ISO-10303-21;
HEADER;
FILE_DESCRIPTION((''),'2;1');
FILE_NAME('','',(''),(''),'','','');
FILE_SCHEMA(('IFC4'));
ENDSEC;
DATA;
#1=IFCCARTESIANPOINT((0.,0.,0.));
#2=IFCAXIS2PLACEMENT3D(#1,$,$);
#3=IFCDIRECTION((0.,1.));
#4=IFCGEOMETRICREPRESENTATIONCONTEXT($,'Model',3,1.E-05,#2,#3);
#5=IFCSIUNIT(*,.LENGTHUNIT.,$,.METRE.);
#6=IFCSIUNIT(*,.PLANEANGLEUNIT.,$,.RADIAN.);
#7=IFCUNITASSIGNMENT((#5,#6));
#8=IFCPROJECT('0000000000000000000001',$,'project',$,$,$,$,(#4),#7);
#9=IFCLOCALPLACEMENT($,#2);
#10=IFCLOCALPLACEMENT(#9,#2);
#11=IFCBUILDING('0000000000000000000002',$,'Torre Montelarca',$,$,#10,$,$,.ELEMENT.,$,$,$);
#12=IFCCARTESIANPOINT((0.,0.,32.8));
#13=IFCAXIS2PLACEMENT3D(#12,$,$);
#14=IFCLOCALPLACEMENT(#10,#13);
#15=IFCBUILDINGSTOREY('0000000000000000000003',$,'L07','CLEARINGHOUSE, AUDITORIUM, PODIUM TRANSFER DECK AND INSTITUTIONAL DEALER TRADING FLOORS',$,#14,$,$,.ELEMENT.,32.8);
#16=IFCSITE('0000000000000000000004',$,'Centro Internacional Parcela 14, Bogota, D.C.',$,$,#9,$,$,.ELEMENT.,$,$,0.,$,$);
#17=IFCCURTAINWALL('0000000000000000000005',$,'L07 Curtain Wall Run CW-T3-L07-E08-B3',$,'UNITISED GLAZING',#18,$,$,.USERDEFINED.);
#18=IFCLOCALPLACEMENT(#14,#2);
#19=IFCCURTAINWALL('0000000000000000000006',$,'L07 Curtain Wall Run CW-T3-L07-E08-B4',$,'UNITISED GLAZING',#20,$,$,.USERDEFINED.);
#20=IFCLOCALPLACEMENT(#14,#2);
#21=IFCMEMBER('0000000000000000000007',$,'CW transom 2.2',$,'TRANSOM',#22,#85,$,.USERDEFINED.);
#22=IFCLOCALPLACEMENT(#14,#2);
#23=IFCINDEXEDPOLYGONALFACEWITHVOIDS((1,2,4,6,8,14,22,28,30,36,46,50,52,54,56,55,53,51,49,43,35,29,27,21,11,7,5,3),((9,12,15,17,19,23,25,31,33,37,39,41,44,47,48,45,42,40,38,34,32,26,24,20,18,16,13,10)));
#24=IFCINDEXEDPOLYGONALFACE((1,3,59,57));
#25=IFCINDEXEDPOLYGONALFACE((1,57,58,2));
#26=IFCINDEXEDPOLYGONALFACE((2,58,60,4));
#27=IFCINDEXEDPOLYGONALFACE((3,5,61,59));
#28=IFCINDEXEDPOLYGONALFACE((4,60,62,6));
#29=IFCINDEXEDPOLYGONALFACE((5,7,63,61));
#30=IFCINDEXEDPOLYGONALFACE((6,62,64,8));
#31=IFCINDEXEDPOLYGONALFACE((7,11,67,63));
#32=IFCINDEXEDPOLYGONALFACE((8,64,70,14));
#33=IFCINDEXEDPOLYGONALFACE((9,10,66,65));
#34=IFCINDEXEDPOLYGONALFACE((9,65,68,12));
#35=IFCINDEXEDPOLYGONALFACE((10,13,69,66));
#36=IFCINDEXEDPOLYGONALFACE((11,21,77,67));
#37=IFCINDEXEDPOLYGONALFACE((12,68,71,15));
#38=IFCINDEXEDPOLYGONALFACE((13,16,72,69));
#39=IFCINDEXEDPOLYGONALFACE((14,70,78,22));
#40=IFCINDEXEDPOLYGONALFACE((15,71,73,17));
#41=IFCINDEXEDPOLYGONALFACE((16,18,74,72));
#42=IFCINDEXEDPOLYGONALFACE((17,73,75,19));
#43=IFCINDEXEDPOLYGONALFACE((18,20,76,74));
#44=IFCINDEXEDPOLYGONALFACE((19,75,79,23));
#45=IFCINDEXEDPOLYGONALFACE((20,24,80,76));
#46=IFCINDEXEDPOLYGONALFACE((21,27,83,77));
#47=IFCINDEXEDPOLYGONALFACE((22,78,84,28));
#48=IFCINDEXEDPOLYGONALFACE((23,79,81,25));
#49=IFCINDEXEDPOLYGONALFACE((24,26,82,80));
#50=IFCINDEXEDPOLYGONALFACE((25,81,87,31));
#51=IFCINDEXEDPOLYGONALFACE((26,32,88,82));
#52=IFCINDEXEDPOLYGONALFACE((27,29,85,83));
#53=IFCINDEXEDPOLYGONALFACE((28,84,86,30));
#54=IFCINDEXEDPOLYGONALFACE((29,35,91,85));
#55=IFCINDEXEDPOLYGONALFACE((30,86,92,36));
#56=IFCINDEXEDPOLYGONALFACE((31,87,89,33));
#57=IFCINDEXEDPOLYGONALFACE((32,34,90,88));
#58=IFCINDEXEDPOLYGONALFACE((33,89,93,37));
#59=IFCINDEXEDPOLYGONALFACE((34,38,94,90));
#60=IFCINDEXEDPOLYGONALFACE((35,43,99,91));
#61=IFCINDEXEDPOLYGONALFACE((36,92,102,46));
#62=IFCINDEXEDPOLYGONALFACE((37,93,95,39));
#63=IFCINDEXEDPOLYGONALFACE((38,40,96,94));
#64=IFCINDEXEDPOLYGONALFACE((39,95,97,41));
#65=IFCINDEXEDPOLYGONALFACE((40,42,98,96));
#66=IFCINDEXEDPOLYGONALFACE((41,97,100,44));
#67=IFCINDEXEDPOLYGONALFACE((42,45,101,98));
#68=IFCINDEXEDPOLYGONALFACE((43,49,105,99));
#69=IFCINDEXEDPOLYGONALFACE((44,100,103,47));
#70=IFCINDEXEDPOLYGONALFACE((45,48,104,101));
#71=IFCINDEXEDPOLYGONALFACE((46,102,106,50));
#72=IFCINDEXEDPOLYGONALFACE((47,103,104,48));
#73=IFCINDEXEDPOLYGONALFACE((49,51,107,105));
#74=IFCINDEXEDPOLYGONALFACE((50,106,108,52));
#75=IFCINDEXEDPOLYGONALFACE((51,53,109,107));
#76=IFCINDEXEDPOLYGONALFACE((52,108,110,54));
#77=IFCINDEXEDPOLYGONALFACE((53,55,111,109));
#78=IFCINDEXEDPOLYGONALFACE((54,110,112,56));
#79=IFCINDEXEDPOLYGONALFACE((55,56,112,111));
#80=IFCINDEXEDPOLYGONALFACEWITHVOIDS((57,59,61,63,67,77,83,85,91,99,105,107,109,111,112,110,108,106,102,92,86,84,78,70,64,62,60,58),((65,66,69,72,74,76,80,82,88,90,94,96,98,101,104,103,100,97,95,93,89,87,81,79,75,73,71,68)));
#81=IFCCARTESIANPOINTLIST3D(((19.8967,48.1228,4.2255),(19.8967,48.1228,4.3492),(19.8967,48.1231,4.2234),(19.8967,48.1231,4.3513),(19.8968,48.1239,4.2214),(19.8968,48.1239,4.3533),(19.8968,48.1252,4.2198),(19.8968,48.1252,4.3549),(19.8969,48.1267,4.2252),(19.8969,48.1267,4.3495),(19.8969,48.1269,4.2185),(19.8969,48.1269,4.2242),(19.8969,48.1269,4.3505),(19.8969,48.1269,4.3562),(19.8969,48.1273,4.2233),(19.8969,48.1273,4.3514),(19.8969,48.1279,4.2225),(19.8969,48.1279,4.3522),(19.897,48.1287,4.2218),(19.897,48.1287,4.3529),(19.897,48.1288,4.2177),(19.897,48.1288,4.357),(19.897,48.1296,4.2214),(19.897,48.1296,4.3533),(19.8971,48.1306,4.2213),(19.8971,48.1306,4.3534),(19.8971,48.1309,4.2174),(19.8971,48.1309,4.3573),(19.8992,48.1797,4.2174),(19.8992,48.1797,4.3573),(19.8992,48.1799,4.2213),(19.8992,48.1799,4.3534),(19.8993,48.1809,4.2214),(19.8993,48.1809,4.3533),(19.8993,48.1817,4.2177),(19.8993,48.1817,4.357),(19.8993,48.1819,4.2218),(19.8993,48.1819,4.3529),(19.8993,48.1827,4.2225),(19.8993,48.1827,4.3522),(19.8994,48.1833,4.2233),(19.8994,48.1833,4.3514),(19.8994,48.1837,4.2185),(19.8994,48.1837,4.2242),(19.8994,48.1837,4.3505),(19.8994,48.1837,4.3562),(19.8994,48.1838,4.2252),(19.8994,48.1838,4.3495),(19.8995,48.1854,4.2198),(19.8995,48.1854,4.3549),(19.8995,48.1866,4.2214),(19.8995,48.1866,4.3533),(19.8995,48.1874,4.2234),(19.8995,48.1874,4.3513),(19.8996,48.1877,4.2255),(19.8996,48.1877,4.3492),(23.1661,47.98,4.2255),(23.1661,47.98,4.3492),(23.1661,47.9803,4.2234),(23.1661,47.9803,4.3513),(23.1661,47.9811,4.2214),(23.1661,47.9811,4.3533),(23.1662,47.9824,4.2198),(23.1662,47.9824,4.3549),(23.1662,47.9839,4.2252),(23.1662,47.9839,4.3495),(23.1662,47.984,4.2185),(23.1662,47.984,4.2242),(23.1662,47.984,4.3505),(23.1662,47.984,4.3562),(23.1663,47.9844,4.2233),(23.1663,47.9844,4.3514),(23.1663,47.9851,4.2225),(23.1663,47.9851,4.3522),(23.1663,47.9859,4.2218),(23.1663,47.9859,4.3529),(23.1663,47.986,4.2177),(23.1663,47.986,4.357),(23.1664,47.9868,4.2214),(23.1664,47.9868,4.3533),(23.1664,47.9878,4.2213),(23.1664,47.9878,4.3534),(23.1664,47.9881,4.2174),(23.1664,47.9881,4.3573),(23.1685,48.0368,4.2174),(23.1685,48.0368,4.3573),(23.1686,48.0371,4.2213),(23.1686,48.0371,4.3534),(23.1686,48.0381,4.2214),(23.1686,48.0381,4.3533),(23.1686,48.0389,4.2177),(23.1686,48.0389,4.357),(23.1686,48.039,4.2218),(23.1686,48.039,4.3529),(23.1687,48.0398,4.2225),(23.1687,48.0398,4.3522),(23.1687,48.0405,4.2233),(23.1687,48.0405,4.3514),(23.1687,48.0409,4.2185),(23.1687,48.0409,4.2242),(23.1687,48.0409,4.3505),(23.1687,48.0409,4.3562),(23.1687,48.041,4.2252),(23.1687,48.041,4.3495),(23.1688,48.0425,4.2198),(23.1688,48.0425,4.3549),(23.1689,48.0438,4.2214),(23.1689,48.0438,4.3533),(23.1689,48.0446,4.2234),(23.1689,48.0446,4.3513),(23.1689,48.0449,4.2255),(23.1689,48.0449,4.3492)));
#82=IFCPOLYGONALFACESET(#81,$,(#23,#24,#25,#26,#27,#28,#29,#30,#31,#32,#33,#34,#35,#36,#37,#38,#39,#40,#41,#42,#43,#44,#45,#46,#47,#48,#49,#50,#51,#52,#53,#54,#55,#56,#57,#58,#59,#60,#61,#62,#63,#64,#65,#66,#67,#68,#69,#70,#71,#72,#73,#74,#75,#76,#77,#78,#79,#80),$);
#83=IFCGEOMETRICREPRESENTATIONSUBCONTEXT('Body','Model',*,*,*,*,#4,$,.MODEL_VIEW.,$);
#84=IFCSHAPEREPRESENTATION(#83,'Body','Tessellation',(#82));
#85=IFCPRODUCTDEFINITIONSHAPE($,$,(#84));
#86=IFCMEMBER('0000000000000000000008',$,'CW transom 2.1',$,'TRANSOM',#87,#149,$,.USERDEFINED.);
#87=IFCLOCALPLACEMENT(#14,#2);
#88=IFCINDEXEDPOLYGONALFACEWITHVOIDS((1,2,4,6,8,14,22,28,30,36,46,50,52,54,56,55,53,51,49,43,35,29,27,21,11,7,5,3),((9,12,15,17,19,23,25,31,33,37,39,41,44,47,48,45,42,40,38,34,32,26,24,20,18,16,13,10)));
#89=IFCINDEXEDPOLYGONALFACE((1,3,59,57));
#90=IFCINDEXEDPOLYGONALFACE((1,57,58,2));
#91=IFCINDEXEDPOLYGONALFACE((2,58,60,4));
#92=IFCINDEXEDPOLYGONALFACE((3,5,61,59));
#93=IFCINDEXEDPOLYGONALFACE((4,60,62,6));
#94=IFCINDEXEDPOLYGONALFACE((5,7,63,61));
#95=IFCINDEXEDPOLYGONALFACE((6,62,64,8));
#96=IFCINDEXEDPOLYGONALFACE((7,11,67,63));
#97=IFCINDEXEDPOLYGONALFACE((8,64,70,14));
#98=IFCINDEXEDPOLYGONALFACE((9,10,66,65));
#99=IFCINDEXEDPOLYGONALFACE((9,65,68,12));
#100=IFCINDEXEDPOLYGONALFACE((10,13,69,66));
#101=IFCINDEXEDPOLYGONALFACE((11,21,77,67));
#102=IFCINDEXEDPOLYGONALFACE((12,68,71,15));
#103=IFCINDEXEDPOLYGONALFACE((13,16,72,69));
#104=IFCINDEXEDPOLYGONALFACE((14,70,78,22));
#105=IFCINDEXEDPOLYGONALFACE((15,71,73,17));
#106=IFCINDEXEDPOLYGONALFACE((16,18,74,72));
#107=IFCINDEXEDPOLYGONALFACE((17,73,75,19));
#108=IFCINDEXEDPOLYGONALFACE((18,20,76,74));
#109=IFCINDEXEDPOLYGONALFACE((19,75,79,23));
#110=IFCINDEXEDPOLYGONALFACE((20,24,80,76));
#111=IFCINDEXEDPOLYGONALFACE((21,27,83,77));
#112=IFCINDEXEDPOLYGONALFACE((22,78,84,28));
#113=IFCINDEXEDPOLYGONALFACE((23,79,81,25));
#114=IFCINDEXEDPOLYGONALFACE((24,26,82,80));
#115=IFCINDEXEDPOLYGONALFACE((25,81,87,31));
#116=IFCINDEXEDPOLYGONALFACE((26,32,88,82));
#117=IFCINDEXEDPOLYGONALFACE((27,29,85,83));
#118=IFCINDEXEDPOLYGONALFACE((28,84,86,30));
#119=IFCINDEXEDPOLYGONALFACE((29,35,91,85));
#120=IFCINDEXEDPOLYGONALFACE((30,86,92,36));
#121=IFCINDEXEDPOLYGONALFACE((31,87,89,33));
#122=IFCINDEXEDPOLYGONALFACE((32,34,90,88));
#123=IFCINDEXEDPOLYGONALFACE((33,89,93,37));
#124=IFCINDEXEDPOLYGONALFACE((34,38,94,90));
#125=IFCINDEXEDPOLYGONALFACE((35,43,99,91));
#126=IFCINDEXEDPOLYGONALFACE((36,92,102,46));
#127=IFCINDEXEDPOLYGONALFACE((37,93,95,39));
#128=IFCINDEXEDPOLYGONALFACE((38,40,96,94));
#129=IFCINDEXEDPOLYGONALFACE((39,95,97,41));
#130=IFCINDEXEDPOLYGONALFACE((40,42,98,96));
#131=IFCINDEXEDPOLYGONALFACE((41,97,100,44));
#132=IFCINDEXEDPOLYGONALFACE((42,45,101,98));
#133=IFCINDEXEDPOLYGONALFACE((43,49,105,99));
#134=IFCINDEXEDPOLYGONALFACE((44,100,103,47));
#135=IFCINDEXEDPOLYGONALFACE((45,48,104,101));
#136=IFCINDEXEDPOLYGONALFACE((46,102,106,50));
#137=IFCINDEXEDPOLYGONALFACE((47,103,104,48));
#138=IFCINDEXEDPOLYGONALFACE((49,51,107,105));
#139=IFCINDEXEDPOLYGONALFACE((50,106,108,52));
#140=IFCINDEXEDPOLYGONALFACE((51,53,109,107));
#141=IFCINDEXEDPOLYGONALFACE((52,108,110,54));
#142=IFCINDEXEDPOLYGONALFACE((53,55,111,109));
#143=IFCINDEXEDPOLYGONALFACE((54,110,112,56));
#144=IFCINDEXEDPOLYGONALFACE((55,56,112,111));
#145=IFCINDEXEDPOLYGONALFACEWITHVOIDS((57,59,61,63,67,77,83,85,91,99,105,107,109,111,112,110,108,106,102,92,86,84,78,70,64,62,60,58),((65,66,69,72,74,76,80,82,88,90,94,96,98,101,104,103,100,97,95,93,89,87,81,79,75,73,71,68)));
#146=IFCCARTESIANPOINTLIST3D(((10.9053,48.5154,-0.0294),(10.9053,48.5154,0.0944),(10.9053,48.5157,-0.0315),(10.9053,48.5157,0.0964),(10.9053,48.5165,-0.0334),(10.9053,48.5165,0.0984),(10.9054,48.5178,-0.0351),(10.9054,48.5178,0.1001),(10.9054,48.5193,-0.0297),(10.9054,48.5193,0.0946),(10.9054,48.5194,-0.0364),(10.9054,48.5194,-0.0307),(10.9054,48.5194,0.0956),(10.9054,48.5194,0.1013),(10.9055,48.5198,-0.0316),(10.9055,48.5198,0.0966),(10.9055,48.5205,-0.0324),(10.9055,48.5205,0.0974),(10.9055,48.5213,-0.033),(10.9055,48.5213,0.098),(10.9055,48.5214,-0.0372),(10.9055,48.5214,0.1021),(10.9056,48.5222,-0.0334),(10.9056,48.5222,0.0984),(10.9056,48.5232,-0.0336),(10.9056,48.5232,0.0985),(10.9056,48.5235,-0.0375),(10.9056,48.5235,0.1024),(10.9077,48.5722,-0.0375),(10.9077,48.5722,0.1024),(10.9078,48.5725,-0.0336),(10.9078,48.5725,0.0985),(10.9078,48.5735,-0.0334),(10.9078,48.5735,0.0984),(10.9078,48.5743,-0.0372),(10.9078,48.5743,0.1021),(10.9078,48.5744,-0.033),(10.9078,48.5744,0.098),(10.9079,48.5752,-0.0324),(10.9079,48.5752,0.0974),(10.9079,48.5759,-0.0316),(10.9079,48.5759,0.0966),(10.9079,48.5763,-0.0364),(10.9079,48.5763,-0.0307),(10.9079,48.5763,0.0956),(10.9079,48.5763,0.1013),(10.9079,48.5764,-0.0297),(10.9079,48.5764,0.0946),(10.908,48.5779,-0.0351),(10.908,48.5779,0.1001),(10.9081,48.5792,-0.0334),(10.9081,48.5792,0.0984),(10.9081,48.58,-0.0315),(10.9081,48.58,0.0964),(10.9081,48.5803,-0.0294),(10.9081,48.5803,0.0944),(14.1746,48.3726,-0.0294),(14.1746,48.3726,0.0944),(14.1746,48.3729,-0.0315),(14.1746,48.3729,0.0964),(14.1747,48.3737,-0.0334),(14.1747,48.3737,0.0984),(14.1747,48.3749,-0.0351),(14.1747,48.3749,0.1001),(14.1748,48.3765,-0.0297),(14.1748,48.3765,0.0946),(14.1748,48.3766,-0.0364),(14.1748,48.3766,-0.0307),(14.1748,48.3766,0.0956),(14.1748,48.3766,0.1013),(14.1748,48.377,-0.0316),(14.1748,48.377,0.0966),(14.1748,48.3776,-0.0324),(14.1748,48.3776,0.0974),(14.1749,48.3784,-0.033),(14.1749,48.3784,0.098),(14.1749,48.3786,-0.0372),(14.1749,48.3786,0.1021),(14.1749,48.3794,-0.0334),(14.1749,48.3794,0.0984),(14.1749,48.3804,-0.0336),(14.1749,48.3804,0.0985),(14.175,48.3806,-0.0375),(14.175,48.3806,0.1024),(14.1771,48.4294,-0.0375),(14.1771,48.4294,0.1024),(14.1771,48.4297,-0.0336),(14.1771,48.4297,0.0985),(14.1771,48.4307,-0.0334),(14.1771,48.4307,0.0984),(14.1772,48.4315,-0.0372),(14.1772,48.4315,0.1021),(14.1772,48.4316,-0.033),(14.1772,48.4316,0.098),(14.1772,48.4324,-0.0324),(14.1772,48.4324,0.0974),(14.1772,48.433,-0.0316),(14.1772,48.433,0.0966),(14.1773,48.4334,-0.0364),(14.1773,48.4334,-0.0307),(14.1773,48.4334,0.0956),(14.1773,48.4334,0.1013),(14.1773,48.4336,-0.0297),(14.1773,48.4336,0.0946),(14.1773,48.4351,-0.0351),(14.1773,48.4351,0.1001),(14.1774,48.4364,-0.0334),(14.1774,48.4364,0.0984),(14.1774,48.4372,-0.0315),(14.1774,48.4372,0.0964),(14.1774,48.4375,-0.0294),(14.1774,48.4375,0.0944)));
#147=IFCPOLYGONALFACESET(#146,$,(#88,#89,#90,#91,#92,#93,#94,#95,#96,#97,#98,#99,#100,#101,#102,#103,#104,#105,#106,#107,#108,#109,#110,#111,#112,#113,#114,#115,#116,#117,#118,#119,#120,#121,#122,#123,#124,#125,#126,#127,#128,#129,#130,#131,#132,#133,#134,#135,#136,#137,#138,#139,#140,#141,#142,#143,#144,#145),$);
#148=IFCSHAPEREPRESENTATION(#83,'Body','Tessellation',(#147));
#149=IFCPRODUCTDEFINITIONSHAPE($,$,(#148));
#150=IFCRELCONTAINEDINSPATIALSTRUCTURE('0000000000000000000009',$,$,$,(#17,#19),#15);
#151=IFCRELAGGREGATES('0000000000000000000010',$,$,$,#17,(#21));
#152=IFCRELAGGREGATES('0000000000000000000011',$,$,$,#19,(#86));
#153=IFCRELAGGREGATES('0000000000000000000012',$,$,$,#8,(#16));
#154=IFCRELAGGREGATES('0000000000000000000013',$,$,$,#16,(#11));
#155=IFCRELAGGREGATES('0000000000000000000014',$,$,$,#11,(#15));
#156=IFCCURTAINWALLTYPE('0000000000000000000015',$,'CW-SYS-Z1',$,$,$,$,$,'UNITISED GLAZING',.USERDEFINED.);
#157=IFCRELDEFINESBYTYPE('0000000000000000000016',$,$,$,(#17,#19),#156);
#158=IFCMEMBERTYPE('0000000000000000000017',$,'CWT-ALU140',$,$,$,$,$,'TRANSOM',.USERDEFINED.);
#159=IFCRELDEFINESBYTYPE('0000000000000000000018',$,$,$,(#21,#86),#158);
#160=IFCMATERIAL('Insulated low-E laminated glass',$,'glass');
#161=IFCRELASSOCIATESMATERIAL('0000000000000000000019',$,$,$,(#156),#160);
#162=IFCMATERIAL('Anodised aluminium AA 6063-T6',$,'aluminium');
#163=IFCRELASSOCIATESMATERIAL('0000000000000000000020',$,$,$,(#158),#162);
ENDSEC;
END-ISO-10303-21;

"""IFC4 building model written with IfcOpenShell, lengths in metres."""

from ifc_helpers import new_model, si_unit, direction, frame, origin, origin_2d, place, context, subcontext, project, spatial, hollow_rectangle, extrude, source, transform, mapped, material, material_profile, profile_set, type_object, element, aggregate, save


model = new_model("IFC4")

# Units and contexts
model_context = context("Model", 3, precision=1e-05, world=origin(), true_north=direction((0.0, 1.0)))
body_context = subcontext(model_context, "Body", "Model", "MODEL_VIEW")
ifc_project = project(units=[si_unit("LENGTHUNIT", "METRE"), si_unit("PLANEANGLEUNIT", "RADIAN")], contexts=[model_context])

# Site, building, storey
site_placement = place(None, origin())
site = spatial("IfcSite", under=ifc_project, at=site_placement, Name="Centro Internacional Parcela 14, Bogota, D.C.", CompositionType="ELEMENT", RefElevation=0.0)
building_placement = place(site_placement, origin())
building = spatial("IfcBuilding", under=site, at=building_placement, Name="Torre Montelarca", CompositionType="ELEMENT")
storey_placement = place(building_placement, frame((0.0, 0.0, 32.8)))
storey = spatial("IfcBuildingStorey", under=building, at=storey_placement, Name="L07", Description="CLEARINGHOUSE, AUDITORIUM, PODIUM TRANSFER DECK AND INSTITUTIONAL DEALER TRADING FLOORS", CompositionType="ELEMENT", Elevation=32.8)

# Curtain walls
ifc_material_1 = material(Name="Insulated low-E laminated glass", Category="glass")
curtain_wall_type = type_object("IfcCurtainWallType", Name="CW-SYS-Z1", ElementType="UNITISED GLAZING", PredefinedType="USERDEFINED", material=ifc_material_1)
curtain_wall_1_placement = place(storey_placement, origin())
curtain_wall_1 = element("IfcCurtainWall", 1, at=curtain_wall_1_placement, inside=storey, type_object=curtain_wall_type, Name="L07 Curtain Wall Run CW-T3-L07-E08-B3", ObjectType="UNITISED GLAZING", PredefinedType="USERDEFINED")
ifc_material_2 = material(Name="Anodised aluminium AA 6063-T6", Category="aluminium")
curtain_wall_2_placement = place(storey_placement, origin())
curtain_wall_2 = element("IfcCurtainWall", 2, at=curtain_wall_2_placement, inside=storey, type_object=curtain_wall_type, Name="L07 Curtain Wall Run CW-T3-L07-E08-B4", ObjectType="UNITISED GLAZING", PredefinedType="USERDEFINED")

# Members
ifc_material_profile_1 = material_profile(ifc_material_2, hollow_rectangle(XDim=0.0649, YDim=0.1399, WallThickness=0.0039, InnerFilletRadius=0.0039, OuterFilletRadius=0.0081, at=origin_2d()), Name="ALU65X140X4", Category="aluminium")
ifc_profile_set_1 = profile_set([ifc_material_profile_1], Name="Anodised aluminium AA 6063-T6")
member_type_1 = type_object("IfcMemberType", Name="CWT-ALU140", ElementType="TRANSOM", PredefinedType="USERDEFINED", material=ifc_profile_set_1)
shared_shape_1 = source(origin(), body_context, "Body", "SweptSolid", [
    extrude(hollow_rectangle(XDim=0.0649, YDim=0.1399, WallThickness=0.0039, InnerFilletRadius=0.0039, OuterFilletRadius=0.0081, at=origin_2d()), origin(), (0.0, 0.0, 1.0), 3.2725),
])
member_1_placement = place(storey_placement, frame((23.1675, 48.0125, 4.2874), z_axis=(-0.999047, 0.043644, 0.0), x_axis=(-0.043644, -0.999047, 0.0)))
member_1 = element("IfcMember", 3, at=member_1_placement, type_object=member_type_1, Name="CW transom 2.2", ObjectType="TRANSOM", PredefinedType="USERDEFINED", context=body_context, shape_type="MappedRepresentation", body=[
    mapped(shared_shape_1, transform((0.0, 0.0, 0.0), scale=1.0)),
])
member_2_placement = place(storey_placement, frame((14.176, 48.405, 0.0325), z_axis=(-0.999047, 0.043644, 0.0), x_axis=(-0.043644, -0.999047, 0.0)))
member_2 = element("IfcMember", 4, at=member_2_placement, type_object=member_type_1, Name="CW transom 2.1", ObjectType="TRANSOM", PredefinedType="USERDEFINED", context=body_context, shape_type="MappedRepresentation", body=[
    mapped(shared_shape_1, transform((0.0, 0.0, 0.0), scale=1.0)),
])

aggregate(curtain_wall_1, [member_1])
aggregate(curtain_wall_2, [member_2])

save(model, "model.ifc")
